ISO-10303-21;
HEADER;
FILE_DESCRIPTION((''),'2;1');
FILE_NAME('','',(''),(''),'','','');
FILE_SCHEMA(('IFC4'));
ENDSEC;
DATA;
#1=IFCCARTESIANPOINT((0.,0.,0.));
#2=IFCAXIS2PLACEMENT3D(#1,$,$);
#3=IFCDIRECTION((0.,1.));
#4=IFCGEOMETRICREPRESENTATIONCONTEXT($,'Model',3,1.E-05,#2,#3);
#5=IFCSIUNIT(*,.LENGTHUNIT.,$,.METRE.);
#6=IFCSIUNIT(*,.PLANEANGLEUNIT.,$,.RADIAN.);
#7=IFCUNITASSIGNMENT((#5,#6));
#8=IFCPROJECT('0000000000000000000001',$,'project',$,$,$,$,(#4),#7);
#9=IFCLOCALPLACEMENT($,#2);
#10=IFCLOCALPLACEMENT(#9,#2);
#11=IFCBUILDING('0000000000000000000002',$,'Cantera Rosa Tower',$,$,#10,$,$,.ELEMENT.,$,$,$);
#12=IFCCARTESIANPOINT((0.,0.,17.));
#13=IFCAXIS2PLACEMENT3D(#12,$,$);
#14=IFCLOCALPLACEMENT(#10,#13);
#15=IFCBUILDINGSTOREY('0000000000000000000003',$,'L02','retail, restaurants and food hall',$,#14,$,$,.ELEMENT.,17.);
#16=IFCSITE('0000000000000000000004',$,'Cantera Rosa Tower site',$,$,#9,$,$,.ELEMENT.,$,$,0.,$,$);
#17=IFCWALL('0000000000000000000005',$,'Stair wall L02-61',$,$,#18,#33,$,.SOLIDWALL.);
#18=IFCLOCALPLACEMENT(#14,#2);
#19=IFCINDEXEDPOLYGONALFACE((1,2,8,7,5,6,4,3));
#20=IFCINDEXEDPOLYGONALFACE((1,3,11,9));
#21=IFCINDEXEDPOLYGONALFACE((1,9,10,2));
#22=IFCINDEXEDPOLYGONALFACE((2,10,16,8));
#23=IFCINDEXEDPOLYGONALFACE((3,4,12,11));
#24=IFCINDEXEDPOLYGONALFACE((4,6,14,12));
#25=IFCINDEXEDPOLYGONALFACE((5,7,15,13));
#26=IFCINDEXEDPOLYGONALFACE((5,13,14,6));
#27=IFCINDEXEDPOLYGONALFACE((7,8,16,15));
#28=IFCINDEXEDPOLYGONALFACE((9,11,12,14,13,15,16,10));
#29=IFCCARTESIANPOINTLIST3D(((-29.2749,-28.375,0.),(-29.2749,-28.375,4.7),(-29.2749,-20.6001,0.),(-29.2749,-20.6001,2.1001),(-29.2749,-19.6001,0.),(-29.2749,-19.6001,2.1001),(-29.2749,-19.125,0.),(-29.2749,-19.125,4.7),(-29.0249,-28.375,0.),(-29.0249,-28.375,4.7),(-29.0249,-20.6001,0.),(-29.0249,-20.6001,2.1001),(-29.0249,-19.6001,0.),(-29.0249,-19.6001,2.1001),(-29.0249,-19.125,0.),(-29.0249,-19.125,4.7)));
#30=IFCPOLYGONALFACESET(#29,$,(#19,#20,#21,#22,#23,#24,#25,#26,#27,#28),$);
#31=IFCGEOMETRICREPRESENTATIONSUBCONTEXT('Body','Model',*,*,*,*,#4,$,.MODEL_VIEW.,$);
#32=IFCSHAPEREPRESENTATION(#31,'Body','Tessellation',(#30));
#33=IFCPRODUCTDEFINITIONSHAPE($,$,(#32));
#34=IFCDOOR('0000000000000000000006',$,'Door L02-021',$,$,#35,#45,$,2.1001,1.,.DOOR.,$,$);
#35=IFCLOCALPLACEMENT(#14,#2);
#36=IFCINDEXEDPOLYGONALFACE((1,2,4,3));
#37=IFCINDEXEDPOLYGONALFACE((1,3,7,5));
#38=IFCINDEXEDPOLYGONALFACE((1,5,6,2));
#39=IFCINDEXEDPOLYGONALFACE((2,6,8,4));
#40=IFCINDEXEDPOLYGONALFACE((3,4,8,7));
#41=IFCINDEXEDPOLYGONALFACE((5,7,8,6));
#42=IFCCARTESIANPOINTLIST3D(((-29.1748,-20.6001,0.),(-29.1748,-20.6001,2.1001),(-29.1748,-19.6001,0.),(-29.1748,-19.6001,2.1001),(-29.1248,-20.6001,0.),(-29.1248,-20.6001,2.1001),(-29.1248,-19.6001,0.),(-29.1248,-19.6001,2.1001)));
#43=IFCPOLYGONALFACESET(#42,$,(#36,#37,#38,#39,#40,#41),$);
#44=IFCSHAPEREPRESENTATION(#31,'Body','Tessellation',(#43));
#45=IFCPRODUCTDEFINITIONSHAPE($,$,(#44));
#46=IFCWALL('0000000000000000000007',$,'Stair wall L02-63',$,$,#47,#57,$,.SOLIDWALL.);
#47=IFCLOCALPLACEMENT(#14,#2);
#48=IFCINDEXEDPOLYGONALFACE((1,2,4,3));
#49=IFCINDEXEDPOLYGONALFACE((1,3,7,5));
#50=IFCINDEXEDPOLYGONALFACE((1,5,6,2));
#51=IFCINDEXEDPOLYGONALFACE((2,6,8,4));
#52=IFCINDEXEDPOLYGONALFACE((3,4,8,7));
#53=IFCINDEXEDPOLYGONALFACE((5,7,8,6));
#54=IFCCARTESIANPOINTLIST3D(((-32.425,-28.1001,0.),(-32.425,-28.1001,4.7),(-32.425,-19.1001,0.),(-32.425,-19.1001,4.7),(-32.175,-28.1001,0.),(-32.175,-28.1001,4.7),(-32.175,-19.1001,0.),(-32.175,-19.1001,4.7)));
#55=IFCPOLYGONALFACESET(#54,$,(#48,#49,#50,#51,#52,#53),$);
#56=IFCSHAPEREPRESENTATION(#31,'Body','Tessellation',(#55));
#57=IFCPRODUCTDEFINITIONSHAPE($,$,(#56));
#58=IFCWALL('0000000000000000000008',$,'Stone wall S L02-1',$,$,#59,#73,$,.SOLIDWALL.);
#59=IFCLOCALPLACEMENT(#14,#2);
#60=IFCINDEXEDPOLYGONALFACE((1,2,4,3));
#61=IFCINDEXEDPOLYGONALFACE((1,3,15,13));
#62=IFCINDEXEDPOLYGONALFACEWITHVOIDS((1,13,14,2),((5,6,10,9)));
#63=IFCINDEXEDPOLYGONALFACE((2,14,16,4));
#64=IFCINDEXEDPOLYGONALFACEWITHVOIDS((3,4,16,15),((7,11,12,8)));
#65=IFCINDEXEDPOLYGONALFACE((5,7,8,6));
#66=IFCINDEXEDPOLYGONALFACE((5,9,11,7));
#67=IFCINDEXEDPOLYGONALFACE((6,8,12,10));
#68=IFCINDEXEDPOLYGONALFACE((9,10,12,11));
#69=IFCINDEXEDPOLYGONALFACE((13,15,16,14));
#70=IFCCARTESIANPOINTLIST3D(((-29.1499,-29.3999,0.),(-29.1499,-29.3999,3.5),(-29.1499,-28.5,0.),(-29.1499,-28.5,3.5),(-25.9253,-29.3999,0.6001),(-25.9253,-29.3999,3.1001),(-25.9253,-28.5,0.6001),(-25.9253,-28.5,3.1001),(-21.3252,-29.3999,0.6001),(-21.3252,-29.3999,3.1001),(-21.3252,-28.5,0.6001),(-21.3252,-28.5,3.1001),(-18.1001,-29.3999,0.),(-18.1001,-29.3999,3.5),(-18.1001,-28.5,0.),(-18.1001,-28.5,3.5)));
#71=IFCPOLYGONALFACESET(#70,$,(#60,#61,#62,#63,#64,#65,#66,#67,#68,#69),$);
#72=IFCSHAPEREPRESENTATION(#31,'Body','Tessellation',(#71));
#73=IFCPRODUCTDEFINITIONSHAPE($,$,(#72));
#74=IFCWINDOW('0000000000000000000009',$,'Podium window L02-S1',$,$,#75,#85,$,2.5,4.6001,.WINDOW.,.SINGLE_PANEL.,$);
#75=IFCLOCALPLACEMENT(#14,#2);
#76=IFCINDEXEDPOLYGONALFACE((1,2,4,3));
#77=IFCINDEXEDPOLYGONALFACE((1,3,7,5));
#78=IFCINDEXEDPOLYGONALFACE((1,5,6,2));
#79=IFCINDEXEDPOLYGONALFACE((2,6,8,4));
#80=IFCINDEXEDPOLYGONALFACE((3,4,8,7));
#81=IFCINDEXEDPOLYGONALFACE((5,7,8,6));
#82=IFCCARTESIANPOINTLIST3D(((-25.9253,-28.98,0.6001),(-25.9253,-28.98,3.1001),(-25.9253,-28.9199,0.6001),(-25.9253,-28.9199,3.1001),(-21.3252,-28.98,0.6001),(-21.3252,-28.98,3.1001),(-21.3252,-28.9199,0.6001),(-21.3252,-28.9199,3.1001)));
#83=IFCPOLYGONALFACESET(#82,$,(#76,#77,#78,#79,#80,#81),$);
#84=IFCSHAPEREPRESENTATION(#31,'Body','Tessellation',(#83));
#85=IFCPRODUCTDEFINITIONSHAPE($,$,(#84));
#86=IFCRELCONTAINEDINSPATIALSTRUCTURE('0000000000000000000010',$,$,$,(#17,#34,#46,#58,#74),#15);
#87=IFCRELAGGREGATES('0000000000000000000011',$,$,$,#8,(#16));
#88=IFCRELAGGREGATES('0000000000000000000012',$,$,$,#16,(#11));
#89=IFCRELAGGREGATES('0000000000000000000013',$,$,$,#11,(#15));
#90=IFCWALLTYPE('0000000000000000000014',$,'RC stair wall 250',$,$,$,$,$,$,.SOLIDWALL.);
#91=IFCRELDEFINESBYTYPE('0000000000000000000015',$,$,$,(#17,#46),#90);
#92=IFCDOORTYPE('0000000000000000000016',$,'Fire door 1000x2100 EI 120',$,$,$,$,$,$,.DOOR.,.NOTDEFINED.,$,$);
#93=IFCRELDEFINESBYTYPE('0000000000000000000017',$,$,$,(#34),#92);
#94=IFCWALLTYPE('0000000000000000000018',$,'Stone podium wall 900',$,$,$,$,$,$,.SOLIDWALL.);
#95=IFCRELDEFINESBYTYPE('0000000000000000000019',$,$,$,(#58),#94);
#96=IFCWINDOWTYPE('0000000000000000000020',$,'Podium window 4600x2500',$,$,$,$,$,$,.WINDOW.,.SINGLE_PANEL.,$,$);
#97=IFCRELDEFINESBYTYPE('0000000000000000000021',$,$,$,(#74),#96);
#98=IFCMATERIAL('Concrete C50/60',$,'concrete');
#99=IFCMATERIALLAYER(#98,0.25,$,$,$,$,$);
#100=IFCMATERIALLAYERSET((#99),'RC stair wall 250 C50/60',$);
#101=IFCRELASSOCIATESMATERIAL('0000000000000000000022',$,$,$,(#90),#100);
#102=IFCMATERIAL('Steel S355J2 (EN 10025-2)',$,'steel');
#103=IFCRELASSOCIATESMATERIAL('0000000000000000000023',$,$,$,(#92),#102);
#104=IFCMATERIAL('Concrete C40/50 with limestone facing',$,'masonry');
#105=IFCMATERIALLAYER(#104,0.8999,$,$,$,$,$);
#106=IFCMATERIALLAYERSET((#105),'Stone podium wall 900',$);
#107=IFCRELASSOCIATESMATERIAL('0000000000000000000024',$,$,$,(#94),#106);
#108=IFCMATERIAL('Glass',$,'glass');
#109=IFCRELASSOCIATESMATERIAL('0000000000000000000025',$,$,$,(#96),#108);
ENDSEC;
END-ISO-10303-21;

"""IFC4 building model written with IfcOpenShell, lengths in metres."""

from ifc_helpers import new_model, si_unit, direction, frame, frame_2d, origin, place, context, subcontext, project, spatial, rectangle, extrude, material, layer, layer_set, type_object, element, fill, save


model = new_model("IFC4")

# Units and contexts
model_context = context("Model", 3, precision=1e-05, world=origin(), true_north=direction((0.0, 1.0)))
body_context = subcontext(model_context, "Body", "Model", "MODEL_VIEW")
ifc_project = project(units=[si_unit("LENGTHUNIT", "METRE"), si_unit("PLANEANGLEUNIT", "RADIAN")], contexts=[model_context])

# Site, building, storey
site_placement = place(None, origin())
site = spatial("IfcSite", under=ifc_project, at=site_placement, Name="Cantera Rosa Tower site", CompositionType="ELEMENT", RefElevation=0.0)
building_placement = place(site_placement, origin())
building = spatial("IfcBuilding", under=site, at=building_placement, Name="Cantera Rosa Tower", CompositionType="ELEMENT")
storey_placement = place(building_placement, frame((0.0, 0.0, 17.0)))
storey = spatial("IfcBuildingStorey", under=building, at=storey_placement, Name="L02", Description="retail, restaurants and food hall", CompositionType="ELEMENT", Elevation=17.0)

# Wall, opening, door
ifc_material_1 = material(Name="Concrete C50/60", Category="concrete")
ifc_layer_1 = layer(ifc_material_1, 0.25)
ifc_layer_set_1 = layer_set([ifc_layer_1], Name="RC stair wall 250 C50/60")
wall_type_1 = type_object("IfcWallType", Name="RC stair wall 250", PredefinedType="SOLIDWALL", material=ifc_layer_set_1)
wall_1_placement = place(storey_placement, frame((-29.1499, -28.375, 0.0), z_axis=(0.0, 0.0, 1.0), x_axis=(0.0, 1.0, 0.0)))
wall_1 = element("IfcWall", 1, at=wall_1_placement, inside=storey, type_object=wall_type_1, Name="Stair wall L02-61", PredefinedType="SOLIDWALL", context=body_context, shape_type="SweptSolid", body=[
    extrude(rectangle(XDim=9.25, YDim=0.25, at=frame_2d((4.625, 0.0))), origin(), (0.0, 0.0, 1.0), 4.7),
])
opening_1_placement = place(wall_1_placement, frame((7.7749, 0.0, 0.0)))
opening_1 = element("IfcOpeningElement", 2, at=opening_1_placement, cuts=wall_1, PredefinedType="OPENING", context=body_context, shape_type="SweptSolid", body=[
    extrude(rectangle(XDim=1.0, YDim=2.1001, at=frame_2d((0.5, 1.05))), frame((0.0, 0.135, 0.0), z_axis=(0.0, -1.0, 0.0), x_axis=(1.0, 0.0, 0.0)), (0.0, 0.0, 1.0), 0.27),
])
ifc_material_2 = material(Name="Steel S355J2 (EN 10025-2)", Category="steel")
door_type_1 = type_object("IfcDoorType", Name="Fire door 1000x2100 EI 120", OperationType="NOTDEFINED", PredefinedType="DOOR", material=ifc_material_2)
door_1_placement = place(opening_1_placement, origin())
door_1 = element("IfcDoor", 3, at=door_1_placement, inside=storey, type_object=door_type_1, Name="Door L02-021", OverallHeight=2.1001, OverallWidth=1.0, PredefinedType="DOOR", context=body_context, shape_type="SweptSolid", body=[
    extrude(rectangle(XDim=1.0, YDim=2.1001, at=frame_2d((0.5, 1.05))), frame((0.0, 0.0249, 0.0), z_axis=(0.0, -1.0, 0.0), x_axis=(1.0, 0.0, 0.0)), (0.0, 0.0, 1.0), 0.05),
])
fill(opening_1, door_1)

# Wall
wall_2_placement = place(storey_placement, frame((-32.3, -28.1001, 0.0), z_axis=(0.0, 0.0, 1.0), x_axis=(0.0, 1.0, 0.0)))
element("IfcWall", 4, at=wall_2_placement, inside=storey, type_object=wall_type_1, Name="Stair wall L02-63", PredefinedType="SOLIDWALL", context=body_context, shape_type="SweptSolid", body=[
    extrude(rectangle(XDim=9.0, YDim=0.25, at=frame_2d((4.5, 0.0))), origin(), (0.0, 0.0, 1.0), 4.7),
])

# Wall, opening, window
ifc_material_3 = material(Name="Concrete C40/50 with limestone facing", Category="masonry")
ifc_layer_2 = layer(ifc_material_3, 0.8999)
ifc_layer_set_2 = layer_set([ifc_layer_2], Name="Stone podium wall 900")
wall_type_2 = type_object("IfcWallType", Name="Stone podium wall 900", PredefinedType="SOLIDWALL", material=ifc_layer_set_2)
wall_3_placement = place(storey_placement, frame((-18.1001, -28.95, 0.0), z_axis=(0.0, 0.0, 1.0), x_axis=(-1.0, 0.0, 0.0)))
wall_3 = element("IfcWall", 5, at=wall_3_placement, inside=storey, type_object=wall_type_2, Name="Stone wall S L02-1", PredefinedType="SOLIDWALL", context=body_context, shape_type="SweptSolid", body=[
    extrude(rectangle(XDim=11.0498, YDim=0.8999, at=frame_2d((5.5249, 0.0))), origin(), (0.0, 0.0, 1.0), 3.5),
])
opening_2_placement = place(wall_3_placement, frame((3.2251, 0.0, 0.6001)))
opening_2 = element("IfcOpeningElement", 6, at=opening_2_placement, cuts=wall_3, PredefinedType="OPENING", context=body_context, shape_type="SweptSolid", body=[
    extrude(rectangle(XDim=4.6001, YDim=2.5, at=frame_2d((2.3, 1.25))), frame((0.0, 0.46, 0.0), z_axis=(0.0, -1.0, 0.0), x_axis=(1.0, 0.0, 0.0)), (0.0, 0.0, 1.0), 0.9199),
])
ifc_material_4 = material(Name="Glass", Category="glass")
window_type = type_object("IfcWindowType", Name="Podium window 4600x2500", PartitioningType="SINGLE_PANEL", PredefinedType="WINDOW", material=ifc_material_4)
window_placement = place(opening_2_placement, origin())
window = element("IfcWindow", 7, at=window_placement, inside=storey, type_object=window_type, Name="Podium window L02-S1", OverallHeight=2.5, OverallWidth=4.6001, PartitioningType="SINGLE_PANEL", PredefinedType="WINDOW", context=body_context, shape_type="SweptSolid", body=[
    extrude(rectangle(XDim=4.6001, YDim=2.5, at=frame_2d((2.3, 1.25))), frame((0.0, 0.03, 0.0), z_axis=(0.0, -1.0, 0.0), x_axis=(1.0, 0.0, 0.0)), (0.0, 0.0, 1.0), 0.0601),
])
fill(opening_2, window)

save(model, "model.ifc")
